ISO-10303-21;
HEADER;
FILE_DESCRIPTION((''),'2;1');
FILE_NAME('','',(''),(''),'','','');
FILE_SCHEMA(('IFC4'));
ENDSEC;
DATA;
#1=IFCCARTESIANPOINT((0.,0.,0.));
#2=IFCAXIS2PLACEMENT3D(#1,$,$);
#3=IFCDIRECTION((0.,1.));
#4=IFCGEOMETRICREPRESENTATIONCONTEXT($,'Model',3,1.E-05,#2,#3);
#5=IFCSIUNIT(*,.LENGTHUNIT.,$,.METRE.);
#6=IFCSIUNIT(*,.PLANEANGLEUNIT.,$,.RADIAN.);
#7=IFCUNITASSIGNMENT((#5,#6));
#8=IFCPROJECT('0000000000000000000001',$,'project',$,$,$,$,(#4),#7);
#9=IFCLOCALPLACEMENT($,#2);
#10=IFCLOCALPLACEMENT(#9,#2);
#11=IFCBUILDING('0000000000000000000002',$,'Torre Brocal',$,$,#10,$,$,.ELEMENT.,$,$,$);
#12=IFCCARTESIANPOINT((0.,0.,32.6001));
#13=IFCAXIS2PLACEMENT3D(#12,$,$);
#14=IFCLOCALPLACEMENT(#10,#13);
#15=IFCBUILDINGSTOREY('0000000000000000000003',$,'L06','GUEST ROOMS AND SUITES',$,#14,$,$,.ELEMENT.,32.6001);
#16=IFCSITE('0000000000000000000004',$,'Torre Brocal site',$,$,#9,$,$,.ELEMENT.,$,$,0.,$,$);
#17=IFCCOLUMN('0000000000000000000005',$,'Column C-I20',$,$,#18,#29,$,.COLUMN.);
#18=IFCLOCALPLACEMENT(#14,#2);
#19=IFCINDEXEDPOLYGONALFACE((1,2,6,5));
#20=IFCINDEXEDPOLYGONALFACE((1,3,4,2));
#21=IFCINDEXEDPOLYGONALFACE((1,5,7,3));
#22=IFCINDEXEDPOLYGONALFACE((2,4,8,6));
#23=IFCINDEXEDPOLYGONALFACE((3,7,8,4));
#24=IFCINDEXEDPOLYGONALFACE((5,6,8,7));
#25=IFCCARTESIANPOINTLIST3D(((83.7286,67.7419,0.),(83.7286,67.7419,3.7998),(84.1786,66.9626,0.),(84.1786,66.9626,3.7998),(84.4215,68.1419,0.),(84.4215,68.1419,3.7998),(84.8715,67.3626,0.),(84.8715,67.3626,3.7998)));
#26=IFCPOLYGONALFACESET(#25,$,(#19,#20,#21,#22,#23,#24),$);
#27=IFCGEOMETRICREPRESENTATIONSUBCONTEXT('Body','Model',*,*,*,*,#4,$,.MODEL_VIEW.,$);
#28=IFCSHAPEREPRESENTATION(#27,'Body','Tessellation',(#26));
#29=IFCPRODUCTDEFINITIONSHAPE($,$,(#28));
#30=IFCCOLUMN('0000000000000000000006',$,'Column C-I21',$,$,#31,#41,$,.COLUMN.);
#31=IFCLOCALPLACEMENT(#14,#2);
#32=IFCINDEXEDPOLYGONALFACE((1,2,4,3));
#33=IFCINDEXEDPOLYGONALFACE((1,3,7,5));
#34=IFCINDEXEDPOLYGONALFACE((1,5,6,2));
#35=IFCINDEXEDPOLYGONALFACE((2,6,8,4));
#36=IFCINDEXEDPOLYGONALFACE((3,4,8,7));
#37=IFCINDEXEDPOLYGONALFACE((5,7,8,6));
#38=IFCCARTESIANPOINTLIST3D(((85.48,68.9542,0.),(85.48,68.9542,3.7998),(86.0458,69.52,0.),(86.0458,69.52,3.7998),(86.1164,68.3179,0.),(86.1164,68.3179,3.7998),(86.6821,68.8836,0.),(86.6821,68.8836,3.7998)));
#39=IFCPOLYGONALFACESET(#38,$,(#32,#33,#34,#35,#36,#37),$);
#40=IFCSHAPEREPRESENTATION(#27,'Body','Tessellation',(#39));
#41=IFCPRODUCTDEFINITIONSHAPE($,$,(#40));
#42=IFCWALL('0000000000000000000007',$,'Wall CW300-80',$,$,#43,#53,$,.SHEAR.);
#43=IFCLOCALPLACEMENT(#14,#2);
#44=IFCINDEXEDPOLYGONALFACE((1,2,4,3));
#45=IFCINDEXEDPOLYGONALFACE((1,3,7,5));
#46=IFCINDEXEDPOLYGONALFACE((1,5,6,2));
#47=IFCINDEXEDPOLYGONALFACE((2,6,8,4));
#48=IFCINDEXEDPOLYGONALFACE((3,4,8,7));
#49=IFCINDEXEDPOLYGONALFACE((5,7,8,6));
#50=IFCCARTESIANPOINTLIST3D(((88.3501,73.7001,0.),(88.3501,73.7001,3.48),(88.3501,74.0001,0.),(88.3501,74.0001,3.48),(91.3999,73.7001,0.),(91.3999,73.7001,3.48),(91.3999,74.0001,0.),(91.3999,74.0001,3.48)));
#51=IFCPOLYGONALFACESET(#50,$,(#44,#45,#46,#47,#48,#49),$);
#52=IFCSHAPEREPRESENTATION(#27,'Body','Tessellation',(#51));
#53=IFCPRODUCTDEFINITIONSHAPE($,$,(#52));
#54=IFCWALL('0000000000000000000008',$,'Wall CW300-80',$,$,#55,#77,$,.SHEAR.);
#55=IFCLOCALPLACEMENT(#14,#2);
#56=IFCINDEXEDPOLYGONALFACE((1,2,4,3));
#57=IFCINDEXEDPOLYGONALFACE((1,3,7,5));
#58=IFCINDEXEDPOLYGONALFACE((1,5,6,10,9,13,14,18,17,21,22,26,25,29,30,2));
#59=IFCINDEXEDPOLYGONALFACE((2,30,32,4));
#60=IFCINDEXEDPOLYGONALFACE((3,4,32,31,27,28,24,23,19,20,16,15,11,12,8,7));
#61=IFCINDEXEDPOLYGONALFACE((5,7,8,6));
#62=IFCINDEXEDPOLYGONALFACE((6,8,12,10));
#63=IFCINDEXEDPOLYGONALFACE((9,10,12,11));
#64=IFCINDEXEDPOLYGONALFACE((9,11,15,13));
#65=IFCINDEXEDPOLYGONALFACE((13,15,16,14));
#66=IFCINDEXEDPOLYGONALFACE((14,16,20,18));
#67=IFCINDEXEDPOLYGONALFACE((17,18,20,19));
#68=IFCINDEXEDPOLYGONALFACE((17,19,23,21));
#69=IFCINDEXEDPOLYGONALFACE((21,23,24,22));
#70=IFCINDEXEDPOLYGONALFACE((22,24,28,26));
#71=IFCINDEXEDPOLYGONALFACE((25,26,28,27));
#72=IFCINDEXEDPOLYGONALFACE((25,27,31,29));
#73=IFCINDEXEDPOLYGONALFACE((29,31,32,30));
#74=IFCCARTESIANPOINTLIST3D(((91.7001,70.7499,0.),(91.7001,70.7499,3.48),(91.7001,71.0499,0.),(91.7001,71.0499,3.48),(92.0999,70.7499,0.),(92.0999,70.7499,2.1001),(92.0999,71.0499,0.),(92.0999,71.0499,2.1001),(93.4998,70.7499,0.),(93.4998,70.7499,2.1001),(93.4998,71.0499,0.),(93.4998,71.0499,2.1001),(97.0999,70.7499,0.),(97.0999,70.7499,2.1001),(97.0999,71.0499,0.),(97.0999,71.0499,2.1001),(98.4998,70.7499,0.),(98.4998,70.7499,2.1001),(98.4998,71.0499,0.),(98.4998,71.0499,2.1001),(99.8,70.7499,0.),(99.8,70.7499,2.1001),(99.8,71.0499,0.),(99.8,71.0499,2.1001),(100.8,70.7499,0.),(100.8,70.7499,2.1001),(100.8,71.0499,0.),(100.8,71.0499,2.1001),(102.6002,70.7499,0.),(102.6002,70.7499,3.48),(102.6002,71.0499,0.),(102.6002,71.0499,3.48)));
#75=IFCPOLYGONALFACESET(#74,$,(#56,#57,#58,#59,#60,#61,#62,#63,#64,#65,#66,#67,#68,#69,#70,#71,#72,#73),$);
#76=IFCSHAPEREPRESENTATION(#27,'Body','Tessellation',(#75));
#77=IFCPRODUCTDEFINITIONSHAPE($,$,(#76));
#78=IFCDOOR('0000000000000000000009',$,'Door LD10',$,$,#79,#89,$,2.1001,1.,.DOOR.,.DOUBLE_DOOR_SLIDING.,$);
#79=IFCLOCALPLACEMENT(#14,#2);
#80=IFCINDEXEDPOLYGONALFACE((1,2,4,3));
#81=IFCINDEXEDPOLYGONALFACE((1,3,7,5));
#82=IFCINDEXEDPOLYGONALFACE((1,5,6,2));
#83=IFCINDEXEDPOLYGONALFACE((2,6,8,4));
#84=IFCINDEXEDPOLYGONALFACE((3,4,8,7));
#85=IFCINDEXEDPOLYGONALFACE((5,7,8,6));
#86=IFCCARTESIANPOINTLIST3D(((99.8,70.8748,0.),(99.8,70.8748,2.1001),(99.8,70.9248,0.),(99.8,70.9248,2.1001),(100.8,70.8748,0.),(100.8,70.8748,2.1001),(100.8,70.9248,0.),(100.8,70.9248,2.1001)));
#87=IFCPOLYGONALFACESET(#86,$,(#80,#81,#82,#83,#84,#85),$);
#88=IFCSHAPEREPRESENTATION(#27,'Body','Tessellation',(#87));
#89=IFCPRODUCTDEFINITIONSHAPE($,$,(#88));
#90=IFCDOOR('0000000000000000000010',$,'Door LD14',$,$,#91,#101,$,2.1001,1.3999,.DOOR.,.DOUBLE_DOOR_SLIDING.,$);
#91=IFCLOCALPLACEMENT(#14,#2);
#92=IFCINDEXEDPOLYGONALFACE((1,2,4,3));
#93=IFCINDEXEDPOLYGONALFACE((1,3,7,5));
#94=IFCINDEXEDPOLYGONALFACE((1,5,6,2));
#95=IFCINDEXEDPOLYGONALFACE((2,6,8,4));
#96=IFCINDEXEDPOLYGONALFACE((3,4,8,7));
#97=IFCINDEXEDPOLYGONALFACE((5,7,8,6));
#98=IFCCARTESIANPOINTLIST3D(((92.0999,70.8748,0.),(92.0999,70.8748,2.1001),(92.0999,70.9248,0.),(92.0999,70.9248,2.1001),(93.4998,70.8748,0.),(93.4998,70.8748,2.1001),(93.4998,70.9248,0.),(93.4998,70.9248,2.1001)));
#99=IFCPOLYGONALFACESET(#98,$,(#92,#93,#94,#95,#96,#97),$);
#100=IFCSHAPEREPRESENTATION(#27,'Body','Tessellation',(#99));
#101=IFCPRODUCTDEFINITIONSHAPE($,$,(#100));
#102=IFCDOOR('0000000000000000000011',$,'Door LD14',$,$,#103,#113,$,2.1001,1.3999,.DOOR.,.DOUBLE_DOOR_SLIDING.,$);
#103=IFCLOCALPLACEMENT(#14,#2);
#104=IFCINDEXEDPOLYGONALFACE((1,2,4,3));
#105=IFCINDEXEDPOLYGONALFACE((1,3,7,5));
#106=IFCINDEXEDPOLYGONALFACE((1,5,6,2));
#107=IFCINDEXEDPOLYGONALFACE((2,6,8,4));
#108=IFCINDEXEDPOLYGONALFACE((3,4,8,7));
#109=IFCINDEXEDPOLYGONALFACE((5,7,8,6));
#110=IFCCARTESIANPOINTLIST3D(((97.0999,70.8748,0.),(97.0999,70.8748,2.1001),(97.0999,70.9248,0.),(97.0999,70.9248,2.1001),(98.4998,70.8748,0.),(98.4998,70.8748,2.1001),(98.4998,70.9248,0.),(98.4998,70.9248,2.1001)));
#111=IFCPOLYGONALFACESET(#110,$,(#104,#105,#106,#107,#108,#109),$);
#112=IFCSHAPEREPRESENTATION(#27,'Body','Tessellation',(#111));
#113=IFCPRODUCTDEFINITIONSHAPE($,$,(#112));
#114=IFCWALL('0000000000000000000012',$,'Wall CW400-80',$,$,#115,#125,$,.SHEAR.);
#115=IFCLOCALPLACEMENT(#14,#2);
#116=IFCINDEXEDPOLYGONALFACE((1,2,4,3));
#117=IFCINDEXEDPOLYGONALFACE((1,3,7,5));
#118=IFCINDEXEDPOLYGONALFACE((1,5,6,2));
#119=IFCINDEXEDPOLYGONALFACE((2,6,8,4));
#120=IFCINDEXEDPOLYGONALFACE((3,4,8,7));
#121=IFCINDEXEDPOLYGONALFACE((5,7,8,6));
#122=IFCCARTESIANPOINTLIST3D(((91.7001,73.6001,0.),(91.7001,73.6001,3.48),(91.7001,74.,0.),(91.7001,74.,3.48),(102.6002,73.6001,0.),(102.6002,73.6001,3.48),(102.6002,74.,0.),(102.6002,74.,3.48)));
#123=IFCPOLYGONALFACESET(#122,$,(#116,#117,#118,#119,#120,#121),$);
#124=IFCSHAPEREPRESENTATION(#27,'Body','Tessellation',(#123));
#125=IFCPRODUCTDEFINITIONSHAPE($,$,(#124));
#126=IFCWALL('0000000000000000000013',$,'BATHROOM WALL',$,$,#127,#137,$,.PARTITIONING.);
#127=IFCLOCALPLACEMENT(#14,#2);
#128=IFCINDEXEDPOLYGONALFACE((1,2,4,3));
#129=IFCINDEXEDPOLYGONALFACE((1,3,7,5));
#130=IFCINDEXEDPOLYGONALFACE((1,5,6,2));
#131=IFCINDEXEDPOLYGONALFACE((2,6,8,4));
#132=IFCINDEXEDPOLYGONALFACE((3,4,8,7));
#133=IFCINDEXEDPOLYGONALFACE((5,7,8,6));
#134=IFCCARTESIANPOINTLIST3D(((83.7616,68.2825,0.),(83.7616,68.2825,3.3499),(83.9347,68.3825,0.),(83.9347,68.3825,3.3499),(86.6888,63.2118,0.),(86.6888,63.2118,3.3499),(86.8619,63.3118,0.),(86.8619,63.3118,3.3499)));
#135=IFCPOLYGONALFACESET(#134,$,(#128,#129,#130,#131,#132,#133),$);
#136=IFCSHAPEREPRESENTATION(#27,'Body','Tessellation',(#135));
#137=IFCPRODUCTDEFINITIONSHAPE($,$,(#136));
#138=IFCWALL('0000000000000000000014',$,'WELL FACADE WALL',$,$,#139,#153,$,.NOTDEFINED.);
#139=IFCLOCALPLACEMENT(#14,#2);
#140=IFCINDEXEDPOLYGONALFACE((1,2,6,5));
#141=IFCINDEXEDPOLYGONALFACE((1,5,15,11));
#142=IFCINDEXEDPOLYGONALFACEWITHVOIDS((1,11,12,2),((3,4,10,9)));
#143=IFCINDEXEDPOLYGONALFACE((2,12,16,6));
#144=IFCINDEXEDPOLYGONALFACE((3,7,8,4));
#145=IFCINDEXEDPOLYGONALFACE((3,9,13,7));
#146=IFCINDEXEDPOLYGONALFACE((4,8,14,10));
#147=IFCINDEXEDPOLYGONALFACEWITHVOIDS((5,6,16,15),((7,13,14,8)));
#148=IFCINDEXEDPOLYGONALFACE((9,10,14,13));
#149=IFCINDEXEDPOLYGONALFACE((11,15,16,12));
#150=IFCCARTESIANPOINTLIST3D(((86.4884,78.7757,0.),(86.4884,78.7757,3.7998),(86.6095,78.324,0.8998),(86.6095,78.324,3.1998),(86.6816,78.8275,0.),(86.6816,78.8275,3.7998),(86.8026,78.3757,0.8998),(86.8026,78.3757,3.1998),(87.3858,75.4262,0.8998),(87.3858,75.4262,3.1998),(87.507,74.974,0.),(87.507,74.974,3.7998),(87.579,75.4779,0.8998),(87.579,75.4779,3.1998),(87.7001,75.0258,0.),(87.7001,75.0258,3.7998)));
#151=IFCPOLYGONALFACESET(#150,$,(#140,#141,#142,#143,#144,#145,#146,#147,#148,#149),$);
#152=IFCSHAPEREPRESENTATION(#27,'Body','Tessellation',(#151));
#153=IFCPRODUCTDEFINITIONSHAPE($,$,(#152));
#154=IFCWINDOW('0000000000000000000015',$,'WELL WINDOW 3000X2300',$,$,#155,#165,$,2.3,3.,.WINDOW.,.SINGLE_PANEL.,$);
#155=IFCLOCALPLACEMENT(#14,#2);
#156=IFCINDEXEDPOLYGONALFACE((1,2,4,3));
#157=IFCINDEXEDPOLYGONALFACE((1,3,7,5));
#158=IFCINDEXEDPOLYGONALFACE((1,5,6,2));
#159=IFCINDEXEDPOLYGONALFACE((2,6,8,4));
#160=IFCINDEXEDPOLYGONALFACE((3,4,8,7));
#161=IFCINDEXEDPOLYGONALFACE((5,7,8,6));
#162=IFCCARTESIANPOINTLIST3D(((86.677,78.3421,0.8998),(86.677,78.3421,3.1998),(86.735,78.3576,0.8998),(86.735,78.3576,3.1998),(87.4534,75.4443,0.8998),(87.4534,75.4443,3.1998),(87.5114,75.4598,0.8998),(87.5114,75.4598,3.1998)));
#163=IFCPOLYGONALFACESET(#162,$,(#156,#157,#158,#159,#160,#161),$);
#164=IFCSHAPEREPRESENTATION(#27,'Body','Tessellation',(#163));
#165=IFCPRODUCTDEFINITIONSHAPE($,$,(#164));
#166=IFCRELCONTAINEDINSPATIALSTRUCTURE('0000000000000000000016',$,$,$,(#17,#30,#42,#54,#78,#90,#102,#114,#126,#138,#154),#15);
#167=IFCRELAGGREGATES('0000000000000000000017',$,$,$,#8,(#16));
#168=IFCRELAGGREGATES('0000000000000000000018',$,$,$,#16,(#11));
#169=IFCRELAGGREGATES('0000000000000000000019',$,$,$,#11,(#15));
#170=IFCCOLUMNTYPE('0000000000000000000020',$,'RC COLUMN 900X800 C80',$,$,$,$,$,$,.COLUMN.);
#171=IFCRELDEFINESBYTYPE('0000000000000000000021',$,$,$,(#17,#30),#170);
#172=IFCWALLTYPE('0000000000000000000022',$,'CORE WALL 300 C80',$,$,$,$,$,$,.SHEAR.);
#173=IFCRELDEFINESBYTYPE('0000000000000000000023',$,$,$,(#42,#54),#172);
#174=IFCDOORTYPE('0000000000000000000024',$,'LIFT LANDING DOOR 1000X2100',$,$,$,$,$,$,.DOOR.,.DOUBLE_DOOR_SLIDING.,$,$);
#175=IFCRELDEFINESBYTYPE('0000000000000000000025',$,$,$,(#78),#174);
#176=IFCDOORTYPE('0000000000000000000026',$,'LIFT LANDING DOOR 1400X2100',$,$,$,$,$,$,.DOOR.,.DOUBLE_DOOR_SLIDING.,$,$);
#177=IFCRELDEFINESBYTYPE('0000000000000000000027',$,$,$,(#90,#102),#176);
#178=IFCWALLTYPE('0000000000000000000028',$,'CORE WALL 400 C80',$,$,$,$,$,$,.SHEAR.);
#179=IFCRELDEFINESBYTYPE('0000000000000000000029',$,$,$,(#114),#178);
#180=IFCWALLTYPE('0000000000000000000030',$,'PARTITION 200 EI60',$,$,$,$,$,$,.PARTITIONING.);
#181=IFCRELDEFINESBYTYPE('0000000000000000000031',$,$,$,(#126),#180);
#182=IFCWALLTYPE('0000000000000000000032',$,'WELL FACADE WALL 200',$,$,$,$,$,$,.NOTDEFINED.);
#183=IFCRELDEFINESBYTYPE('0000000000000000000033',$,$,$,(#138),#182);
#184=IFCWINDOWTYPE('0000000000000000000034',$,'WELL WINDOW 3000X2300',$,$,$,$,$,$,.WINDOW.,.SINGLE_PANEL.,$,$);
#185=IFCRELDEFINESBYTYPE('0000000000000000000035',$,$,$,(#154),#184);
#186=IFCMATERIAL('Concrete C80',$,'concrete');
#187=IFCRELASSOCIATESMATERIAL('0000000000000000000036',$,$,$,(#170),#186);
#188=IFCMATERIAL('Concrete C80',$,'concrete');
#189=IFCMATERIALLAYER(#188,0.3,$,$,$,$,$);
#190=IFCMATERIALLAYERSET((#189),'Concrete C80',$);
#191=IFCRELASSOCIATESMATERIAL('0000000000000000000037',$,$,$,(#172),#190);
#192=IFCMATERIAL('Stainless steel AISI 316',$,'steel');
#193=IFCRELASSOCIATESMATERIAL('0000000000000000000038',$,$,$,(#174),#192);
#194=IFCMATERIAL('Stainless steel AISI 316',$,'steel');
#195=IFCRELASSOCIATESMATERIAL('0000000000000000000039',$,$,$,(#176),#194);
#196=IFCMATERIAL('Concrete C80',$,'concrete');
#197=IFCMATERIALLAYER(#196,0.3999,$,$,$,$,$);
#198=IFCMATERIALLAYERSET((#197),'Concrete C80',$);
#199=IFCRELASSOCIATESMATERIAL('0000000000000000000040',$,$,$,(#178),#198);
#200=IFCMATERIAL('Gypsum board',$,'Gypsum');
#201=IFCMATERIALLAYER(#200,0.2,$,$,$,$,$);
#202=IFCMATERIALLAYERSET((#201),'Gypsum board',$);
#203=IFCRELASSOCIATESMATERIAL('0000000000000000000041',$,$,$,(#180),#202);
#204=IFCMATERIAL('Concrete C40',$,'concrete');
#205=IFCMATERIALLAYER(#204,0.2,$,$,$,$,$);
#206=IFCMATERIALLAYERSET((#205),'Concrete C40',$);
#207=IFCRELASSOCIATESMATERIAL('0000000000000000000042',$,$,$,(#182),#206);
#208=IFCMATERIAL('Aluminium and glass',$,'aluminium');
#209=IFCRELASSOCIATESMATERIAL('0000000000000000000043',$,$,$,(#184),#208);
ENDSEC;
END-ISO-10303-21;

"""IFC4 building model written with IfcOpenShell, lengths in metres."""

from ifc_helpers import new_model, si_unit, direction, frame, frame_2d, origin, origin_2d, place, context, subcontext, project, spatial, rectangle, extrude, material, layer, layer_set, material_profile, profile_set, type_object, element, fill, save


model = new_model("IFC4")

# Units and contexts
model_context = context("Model", 3, precision=1e-05, world=origin(), true_north=direction((0.0, 1.0)))
body_context = subcontext(model_context, "Body", "Model", "MODEL_VIEW")
ifc_project = project(units=[si_unit("LENGTHUNIT", "METRE"), si_unit("PLANEANGLEUNIT", "RADIAN")], contexts=[model_context])

# Site, building, storey
site_placement = place(None, origin())
site = spatial("IfcSite", under=ifc_project, at=site_placement, Name="Torre Brocal site", CompositionType="ELEMENT", RefElevation=0.0)
building_placement = place(site_placement, origin())
building = spatial("IfcBuilding", under=site, at=building_placement, Name="Torre Brocal", CompositionType="ELEMENT")
storey_placement = place(building_placement, frame((0.0, 0.0, 32.6001)))
storey = spatial("IfcBuildingStorey", under=building, at=storey_placement, Name="L06", Description="GUEST ROOMS AND SUITES", CompositionType="ELEMENT", Elevation=32.6001)

# Columns
ifc_material_1 = material(Name="Concrete C80", Category="concrete")
ifc_material_profile = material_profile(ifc_material_1, rectangle(XDim=0.8999, YDim=0.8, at=origin_2d()), Name="RC 900X800")
ifc_profile_set = profile_set([ifc_material_profile], Name="Concrete C80")
column_type = type_object("IfcColumnType", Name="RC COLUMN 900X800 C80", PredefinedType="COLUMN", material=ifc_profile_set)
for number, where, z_axis, x_axis, name in (
    (1, (84.3, 67.5522, 0.0), (0.0, 0.0, 1.0), (0.5, -0.866025, 0.0), "Column C-I20"),
    (2, (86.0811, 68.9189, 0.0), (0.0, 0.0, 1.0), (0.707107, -0.707107, 0.0), "Column C-I21"),
):
    element("IfcColumn", number, at=place(storey_placement, frame(where, z_axis=z_axis, x_axis=x_axis)), inside=storey, type_object=column_type, Name=name, PredefinedType="COLUMN", context=body_context, shape_type="SweptSolid", body=[
        extrude(rectangle(XDim=0.8999, YDim=0.8, at=origin_2d()), origin(), (0.0, 0.0, 1.0), 3.7998),
    ])

# Wall
ifc_material_2 = material(Name="Concrete C80", Category="concrete")
ifc_layer_1 = layer(ifc_material_2, 0.3)
ifc_layer_set_1 = layer_set([ifc_layer_1], Name="Concrete C80")
wall_type_1 = type_object("IfcWallType", Name="CORE WALL 300 C80", PredefinedType="SHEAR", material=ifc_layer_set_1)
wall_1_placement = place(storey_placement, frame((88.3501, 73.8501, 0.0), z_axis=(0.0, 0.0, 1.0), x_axis=(1.0, 0.0, 0.0)))
element("IfcWall", 3, at=wall_1_placement, inside=storey, type_object=wall_type_1, Name="Wall CW300-80", PredefinedType="SHEAR", context=body_context, shape_type="SweptSolid", body=[
    extrude(rectangle(XDim=3.0498, YDim=0.3, at=frame_2d((1.5249, 0.0))), origin(), (0.0, 0.0, 1.0), 3.48),
])

# Wall, openings, doors
wall_2_placement = place(storey_placement, frame((91.7, 70.8999, 0.0), z_axis=(0.0, 0.0, 1.0), x_axis=(1.0, 0.0, 0.0)))
wall_2 = element("IfcWall", 4, at=wall_2_placement, inside=storey, type_object=wall_type_1, Name="Wall CW300-80", PredefinedType="SHEAR", context=body_context, shape_type="SweptSolid", body=[
    extrude(rectangle(XDim=10.9001, YDim=0.3, at=frame_2d((5.4502, 0.0))), origin(), (0.0, 0.0, 1.0), 3.48),
])
opening_1_placement = place(wall_2_placement, frame((0.3999, 0.0, 0.0)))
opening_1 = element("IfcOpeningElement", 5, at=opening_1_placement, cuts=wall_2, PredefinedType="OPENING", context=body_context, shape_type="SweptSolid", body=[
    extrude(rectangle(XDim=1.3999, YDim=2.1001, at=frame_2d((0.7, 1.05))), frame((0.0, 0.1599, 0.0), z_axis=(0.0, -1.0, 0.0), x_axis=(1.0, 0.0, 0.0)), (0.0, 0.0, 1.0), 0.3201),
])
opening_2_placement = place(wall_2_placement, frame((5.3999, 0.0, 0.0)))
opening_2 = element("IfcOpeningElement", 6, at=opening_2_placement, cuts=wall_2, PredefinedType="OPENING", context=body_context, shape_type="SweptSolid", body=[
    extrude(rectangle(XDim=1.3999, YDim=2.1001, at=frame_2d((0.7, 1.05))), frame((0.0, 0.1599, 0.0), z_axis=(0.0, -1.0, 0.0), x_axis=(1.0, 0.0, 0.0)), (0.0, 0.0, 1.0), 0.3201),
])
opening_3_placement = place(wall_2_placement, frame((8.1001, 0.0, 0.0)))
opening_3 = element("IfcOpeningElement", 7, at=opening_3_placement, cuts=wall_2, PredefinedType="OPENING", context=body_context, shape_type="SweptSolid", body=[
    extrude(rectangle(XDim=1.0, YDim=2.1001, at=frame_2d((0.5, 1.05))), frame((0.0, 0.1599, 0.0), z_axis=(0.0, -1.0, 0.0), x_axis=(1.0, 0.0, 0.0)), (0.0, 0.0, 1.0), 0.3201),
])
ifc_material_3 = material(Name="Stainless steel AISI 316", Category="steel")
door_type_1 = type_object("IfcDoorType", Name="LIFT LANDING DOOR 1000X2100", OperationType="DOUBLE_DOOR_SLIDING", PredefinedType="DOOR", material=ifc_material_3)
door_1_placement = place(opening_3_placement, origin())
door_1 = element("IfcDoor", 8, at=door_1_placement, inside=storey, type_object=door_type_1, Name="Door LD10", OperationType="DOUBLE_DOOR_SLIDING", OverallHeight=2.1001, OverallWidth=1.0, PredefinedType="DOOR", context=body_context, shape_type="SweptSolid", body=[
    extrude(rectangle(XDim=1.0, YDim=2.1001, at=frame_2d((0.5, 1.05))), frame((0.0, 0.0249, 0.0), z_axis=(0.0, -1.0, 0.0), x_axis=(1.0, 0.0, 0.0)), (0.0, 0.0, 1.0), 0.05),
])
fill(opening_3, door_1)
ifc_material_4 = material(Name="Stainless steel AISI 316", Category="steel")
door_type_2 = type_object("IfcDoorType", Name="LIFT LANDING DOOR 1400X2100", OperationType="DOUBLE_DOOR_SLIDING", PredefinedType="DOOR", material=ifc_material_4)
door_2_placement = place(opening_1_placement, origin())
door_2 = element("IfcDoor", 9, at=door_2_placement, inside=storey, type_object=door_type_2, Name="Door LD14", OperationType="DOUBLE_DOOR_SLIDING", OverallHeight=2.1001, OverallWidth=1.3999, PredefinedType="DOOR", context=body_context, shape_type="SweptSolid", body=[
    extrude(rectangle(XDim=1.3999, YDim=2.1001, at=frame_2d((0.7, 1.05))), frame((0.0, 0.0249, 0.0), z_axis=(0.0, -1.0, 0.0), x_axis=(1.0, 0.0, 0.0)), (0.0, 0.0, 1.0), 0.05),
])
fill(opening_1, door_2)
door_3_placement = place(opening_2_placement, origin())
door_3 = element("IfcDoor", 10, at=door_3_placement, inside=storey, type_object=door_type_2, Name="Door LD14", OperationType="DOUBLE_DOOR_SLIDING", OverallHeight=2.1001, OverallWidth=1.3999, PredefinedType="DOOR", context=body_context, shape_type="SweptSolid", body=[
    extrude(rectangle(XDim=1.3999, YDim=2.1001, at=frame_2d((0.7, 1.05))), frame((0.0, 0.0249, 0.0), z_axis=(0.0, -1.0, 0.0), x_axis=(1.0, 0.0, 0.0)), (0.0, 0.0, 1.0), 0.05),
])
fill(opening_2, door_3)

# Walls
ifc_material_5 = material(Name="Concrete C80", Category="concrete")
ifc_layer_2 = layer(ifc_material_5, 0.3999)
ifc_layer_set_2 = layer_set([ifc_layer_2], Name="Concrete C80")
wall_type_2 = type_object("IfcWallType", Name="CORE WALL 400 C80", PredefinedType="SHEAR", material=ifc_layer_set_2)
wall_3_placement = place(storey_placement, frame((91.7, 73.8, 0.0), z_axis=(0.0, 0.0, 1.0), x_axis=(1.0, 0.0, 0.0)))
element("IfcWall", 11, at=wall_3_placement, inside=storey, type_object=wall_type_2, Name="Wall CW400-80", PredefinedType="SHEAR", context=body_context, shape_type="SweptSolid", body=[
    extrude(rectangle(XDim=10.9001, YDim=0.3999, at=frame_2d((5.4502, 0.0))), origin(), (0.0, 0.0, 1.0), 3.48),
])
ifc_material_6 = material(Name="Gypsum board", Category="Gypsum")
ifc_layer_3 = layer(ifc_material_6, 0.2)
ifc_layer_set_3 = layer_set([ifc_layer_3], Name="Gypsum board")
wall_type_3 = type_object("IfcWallType", Name="PARTITION 200 EI60", PredefinedType="PARTITIONING", material=ifc_layer_set_3)
wall_4_placement = place(storey_placement, frame((83.8481, 68.3325, 0.0), z_axis=(0.0, 0.0, 1.0), x_axis=(0.499951, -0.866054, 0.0)))
element("IfcWall", 12, at=wall_4_placement, inside=storey, type_object=wall_type_3, Name="BATHROOM WALL", PredefinedType="PARTITIONING", context=body_context, shape_type="SweptSolid", body=[
    extrude(rectangle(XDim=5.855, YDim=0.2, at=frame_2d((2.9275, 0.0))), origin(), (0.0, 0.0, 1.0), 3.3499),
])

# Wall, opening, window
ifc_material_7 = material(Name="Concrete C40", Category="concrete")
ifc_layer_4 = layer(ifc_material_7, 0.2)
ifc_layer_set_4 = layer_set([ifc_layer_4], Name="Concrete C40")
wall_type_4 = type_object("IfcWallType", Name="WELL FACADE WALL 200", PredefinedType="NOTDEFINED", material=ifc_layer_set_4)
wall_5_placement = place(storey_placement, frame((87.6035, 75.0, 0.0), z_axis=(0.0, 0.0, 1.0), x_axis=(-0.25879, 0.965934, 0.0)))
wall_5 = element("IfcWall", 13, at=wall_5_placement, inside=storey, type_object=wall_type_4, Name="WELL FACADE WALL", PredefinedType="NOTDEFINED", context=body_context, shape_type="SweptSolid", body=[
    extrude(rectangle(XDim=3.9358, YDim=0.2, at=frame_2d((1.9678, 0.0))), origin(), (0.0, 0.0, 1.0), 3.7998),
])
opening_4_placement = place(wall_5_placement, frame((0.468, 0.0, 0.8999)))
opening_4 = element("IfcOpeningElement", 14, at=opening_4_placement, cuts=wall_5, PredefinedType="OPENING", context=body_context, shape_type="SweptSolid", body=[
    extrude(rectangle(XDim=3.0, YDim=2.3, at=frame_2d((1.5, 1.1499))), frame((0.0, 0.1099, 0.0), z_axis=(0.0, -1.0, 0.0), x_axis=(1.0, 0.0, 0.0)), (0.0, 0.0, 1.0), 0.22),
])
ifc_material_8 = material(Name="Aluminium and glass", Category="aluminium")
window_type = type_object("IfcWindowType", Name="WELL WINDOW 3000X2300", PartitioningType="SINGLE_PANEL", PredefinedType="WINDOW", material=ifc_material_8)
window_1_placement = place(opening_4_placement, origin())
window_1 = element("IfcWindow", 15, at=window_1_placement, inside=storey, type_object=window_type, Name="WELL WINDOW 3000X2300", OverallHeight=2.3, OverallWidth=3.0, PartitioningType="SINGLE_PANEL", PredefinedType="WINDOW", context=body_context, shape_type="SweptSolid", body=[
    extrude(rectangle(XDim=3.0, YDim=2.3, at=frame_2d((1.5, 1.1499))), frame((0.0, 0.03, 0.0), z_axis=(0.0, -1.0, 0.0), x_axis=(1.0, 0.0, 0.0)), (0.0, 0.0, 1.0), 0.0601),
])
fill(opening_4, window_1)

save(model, "model.ifc")
